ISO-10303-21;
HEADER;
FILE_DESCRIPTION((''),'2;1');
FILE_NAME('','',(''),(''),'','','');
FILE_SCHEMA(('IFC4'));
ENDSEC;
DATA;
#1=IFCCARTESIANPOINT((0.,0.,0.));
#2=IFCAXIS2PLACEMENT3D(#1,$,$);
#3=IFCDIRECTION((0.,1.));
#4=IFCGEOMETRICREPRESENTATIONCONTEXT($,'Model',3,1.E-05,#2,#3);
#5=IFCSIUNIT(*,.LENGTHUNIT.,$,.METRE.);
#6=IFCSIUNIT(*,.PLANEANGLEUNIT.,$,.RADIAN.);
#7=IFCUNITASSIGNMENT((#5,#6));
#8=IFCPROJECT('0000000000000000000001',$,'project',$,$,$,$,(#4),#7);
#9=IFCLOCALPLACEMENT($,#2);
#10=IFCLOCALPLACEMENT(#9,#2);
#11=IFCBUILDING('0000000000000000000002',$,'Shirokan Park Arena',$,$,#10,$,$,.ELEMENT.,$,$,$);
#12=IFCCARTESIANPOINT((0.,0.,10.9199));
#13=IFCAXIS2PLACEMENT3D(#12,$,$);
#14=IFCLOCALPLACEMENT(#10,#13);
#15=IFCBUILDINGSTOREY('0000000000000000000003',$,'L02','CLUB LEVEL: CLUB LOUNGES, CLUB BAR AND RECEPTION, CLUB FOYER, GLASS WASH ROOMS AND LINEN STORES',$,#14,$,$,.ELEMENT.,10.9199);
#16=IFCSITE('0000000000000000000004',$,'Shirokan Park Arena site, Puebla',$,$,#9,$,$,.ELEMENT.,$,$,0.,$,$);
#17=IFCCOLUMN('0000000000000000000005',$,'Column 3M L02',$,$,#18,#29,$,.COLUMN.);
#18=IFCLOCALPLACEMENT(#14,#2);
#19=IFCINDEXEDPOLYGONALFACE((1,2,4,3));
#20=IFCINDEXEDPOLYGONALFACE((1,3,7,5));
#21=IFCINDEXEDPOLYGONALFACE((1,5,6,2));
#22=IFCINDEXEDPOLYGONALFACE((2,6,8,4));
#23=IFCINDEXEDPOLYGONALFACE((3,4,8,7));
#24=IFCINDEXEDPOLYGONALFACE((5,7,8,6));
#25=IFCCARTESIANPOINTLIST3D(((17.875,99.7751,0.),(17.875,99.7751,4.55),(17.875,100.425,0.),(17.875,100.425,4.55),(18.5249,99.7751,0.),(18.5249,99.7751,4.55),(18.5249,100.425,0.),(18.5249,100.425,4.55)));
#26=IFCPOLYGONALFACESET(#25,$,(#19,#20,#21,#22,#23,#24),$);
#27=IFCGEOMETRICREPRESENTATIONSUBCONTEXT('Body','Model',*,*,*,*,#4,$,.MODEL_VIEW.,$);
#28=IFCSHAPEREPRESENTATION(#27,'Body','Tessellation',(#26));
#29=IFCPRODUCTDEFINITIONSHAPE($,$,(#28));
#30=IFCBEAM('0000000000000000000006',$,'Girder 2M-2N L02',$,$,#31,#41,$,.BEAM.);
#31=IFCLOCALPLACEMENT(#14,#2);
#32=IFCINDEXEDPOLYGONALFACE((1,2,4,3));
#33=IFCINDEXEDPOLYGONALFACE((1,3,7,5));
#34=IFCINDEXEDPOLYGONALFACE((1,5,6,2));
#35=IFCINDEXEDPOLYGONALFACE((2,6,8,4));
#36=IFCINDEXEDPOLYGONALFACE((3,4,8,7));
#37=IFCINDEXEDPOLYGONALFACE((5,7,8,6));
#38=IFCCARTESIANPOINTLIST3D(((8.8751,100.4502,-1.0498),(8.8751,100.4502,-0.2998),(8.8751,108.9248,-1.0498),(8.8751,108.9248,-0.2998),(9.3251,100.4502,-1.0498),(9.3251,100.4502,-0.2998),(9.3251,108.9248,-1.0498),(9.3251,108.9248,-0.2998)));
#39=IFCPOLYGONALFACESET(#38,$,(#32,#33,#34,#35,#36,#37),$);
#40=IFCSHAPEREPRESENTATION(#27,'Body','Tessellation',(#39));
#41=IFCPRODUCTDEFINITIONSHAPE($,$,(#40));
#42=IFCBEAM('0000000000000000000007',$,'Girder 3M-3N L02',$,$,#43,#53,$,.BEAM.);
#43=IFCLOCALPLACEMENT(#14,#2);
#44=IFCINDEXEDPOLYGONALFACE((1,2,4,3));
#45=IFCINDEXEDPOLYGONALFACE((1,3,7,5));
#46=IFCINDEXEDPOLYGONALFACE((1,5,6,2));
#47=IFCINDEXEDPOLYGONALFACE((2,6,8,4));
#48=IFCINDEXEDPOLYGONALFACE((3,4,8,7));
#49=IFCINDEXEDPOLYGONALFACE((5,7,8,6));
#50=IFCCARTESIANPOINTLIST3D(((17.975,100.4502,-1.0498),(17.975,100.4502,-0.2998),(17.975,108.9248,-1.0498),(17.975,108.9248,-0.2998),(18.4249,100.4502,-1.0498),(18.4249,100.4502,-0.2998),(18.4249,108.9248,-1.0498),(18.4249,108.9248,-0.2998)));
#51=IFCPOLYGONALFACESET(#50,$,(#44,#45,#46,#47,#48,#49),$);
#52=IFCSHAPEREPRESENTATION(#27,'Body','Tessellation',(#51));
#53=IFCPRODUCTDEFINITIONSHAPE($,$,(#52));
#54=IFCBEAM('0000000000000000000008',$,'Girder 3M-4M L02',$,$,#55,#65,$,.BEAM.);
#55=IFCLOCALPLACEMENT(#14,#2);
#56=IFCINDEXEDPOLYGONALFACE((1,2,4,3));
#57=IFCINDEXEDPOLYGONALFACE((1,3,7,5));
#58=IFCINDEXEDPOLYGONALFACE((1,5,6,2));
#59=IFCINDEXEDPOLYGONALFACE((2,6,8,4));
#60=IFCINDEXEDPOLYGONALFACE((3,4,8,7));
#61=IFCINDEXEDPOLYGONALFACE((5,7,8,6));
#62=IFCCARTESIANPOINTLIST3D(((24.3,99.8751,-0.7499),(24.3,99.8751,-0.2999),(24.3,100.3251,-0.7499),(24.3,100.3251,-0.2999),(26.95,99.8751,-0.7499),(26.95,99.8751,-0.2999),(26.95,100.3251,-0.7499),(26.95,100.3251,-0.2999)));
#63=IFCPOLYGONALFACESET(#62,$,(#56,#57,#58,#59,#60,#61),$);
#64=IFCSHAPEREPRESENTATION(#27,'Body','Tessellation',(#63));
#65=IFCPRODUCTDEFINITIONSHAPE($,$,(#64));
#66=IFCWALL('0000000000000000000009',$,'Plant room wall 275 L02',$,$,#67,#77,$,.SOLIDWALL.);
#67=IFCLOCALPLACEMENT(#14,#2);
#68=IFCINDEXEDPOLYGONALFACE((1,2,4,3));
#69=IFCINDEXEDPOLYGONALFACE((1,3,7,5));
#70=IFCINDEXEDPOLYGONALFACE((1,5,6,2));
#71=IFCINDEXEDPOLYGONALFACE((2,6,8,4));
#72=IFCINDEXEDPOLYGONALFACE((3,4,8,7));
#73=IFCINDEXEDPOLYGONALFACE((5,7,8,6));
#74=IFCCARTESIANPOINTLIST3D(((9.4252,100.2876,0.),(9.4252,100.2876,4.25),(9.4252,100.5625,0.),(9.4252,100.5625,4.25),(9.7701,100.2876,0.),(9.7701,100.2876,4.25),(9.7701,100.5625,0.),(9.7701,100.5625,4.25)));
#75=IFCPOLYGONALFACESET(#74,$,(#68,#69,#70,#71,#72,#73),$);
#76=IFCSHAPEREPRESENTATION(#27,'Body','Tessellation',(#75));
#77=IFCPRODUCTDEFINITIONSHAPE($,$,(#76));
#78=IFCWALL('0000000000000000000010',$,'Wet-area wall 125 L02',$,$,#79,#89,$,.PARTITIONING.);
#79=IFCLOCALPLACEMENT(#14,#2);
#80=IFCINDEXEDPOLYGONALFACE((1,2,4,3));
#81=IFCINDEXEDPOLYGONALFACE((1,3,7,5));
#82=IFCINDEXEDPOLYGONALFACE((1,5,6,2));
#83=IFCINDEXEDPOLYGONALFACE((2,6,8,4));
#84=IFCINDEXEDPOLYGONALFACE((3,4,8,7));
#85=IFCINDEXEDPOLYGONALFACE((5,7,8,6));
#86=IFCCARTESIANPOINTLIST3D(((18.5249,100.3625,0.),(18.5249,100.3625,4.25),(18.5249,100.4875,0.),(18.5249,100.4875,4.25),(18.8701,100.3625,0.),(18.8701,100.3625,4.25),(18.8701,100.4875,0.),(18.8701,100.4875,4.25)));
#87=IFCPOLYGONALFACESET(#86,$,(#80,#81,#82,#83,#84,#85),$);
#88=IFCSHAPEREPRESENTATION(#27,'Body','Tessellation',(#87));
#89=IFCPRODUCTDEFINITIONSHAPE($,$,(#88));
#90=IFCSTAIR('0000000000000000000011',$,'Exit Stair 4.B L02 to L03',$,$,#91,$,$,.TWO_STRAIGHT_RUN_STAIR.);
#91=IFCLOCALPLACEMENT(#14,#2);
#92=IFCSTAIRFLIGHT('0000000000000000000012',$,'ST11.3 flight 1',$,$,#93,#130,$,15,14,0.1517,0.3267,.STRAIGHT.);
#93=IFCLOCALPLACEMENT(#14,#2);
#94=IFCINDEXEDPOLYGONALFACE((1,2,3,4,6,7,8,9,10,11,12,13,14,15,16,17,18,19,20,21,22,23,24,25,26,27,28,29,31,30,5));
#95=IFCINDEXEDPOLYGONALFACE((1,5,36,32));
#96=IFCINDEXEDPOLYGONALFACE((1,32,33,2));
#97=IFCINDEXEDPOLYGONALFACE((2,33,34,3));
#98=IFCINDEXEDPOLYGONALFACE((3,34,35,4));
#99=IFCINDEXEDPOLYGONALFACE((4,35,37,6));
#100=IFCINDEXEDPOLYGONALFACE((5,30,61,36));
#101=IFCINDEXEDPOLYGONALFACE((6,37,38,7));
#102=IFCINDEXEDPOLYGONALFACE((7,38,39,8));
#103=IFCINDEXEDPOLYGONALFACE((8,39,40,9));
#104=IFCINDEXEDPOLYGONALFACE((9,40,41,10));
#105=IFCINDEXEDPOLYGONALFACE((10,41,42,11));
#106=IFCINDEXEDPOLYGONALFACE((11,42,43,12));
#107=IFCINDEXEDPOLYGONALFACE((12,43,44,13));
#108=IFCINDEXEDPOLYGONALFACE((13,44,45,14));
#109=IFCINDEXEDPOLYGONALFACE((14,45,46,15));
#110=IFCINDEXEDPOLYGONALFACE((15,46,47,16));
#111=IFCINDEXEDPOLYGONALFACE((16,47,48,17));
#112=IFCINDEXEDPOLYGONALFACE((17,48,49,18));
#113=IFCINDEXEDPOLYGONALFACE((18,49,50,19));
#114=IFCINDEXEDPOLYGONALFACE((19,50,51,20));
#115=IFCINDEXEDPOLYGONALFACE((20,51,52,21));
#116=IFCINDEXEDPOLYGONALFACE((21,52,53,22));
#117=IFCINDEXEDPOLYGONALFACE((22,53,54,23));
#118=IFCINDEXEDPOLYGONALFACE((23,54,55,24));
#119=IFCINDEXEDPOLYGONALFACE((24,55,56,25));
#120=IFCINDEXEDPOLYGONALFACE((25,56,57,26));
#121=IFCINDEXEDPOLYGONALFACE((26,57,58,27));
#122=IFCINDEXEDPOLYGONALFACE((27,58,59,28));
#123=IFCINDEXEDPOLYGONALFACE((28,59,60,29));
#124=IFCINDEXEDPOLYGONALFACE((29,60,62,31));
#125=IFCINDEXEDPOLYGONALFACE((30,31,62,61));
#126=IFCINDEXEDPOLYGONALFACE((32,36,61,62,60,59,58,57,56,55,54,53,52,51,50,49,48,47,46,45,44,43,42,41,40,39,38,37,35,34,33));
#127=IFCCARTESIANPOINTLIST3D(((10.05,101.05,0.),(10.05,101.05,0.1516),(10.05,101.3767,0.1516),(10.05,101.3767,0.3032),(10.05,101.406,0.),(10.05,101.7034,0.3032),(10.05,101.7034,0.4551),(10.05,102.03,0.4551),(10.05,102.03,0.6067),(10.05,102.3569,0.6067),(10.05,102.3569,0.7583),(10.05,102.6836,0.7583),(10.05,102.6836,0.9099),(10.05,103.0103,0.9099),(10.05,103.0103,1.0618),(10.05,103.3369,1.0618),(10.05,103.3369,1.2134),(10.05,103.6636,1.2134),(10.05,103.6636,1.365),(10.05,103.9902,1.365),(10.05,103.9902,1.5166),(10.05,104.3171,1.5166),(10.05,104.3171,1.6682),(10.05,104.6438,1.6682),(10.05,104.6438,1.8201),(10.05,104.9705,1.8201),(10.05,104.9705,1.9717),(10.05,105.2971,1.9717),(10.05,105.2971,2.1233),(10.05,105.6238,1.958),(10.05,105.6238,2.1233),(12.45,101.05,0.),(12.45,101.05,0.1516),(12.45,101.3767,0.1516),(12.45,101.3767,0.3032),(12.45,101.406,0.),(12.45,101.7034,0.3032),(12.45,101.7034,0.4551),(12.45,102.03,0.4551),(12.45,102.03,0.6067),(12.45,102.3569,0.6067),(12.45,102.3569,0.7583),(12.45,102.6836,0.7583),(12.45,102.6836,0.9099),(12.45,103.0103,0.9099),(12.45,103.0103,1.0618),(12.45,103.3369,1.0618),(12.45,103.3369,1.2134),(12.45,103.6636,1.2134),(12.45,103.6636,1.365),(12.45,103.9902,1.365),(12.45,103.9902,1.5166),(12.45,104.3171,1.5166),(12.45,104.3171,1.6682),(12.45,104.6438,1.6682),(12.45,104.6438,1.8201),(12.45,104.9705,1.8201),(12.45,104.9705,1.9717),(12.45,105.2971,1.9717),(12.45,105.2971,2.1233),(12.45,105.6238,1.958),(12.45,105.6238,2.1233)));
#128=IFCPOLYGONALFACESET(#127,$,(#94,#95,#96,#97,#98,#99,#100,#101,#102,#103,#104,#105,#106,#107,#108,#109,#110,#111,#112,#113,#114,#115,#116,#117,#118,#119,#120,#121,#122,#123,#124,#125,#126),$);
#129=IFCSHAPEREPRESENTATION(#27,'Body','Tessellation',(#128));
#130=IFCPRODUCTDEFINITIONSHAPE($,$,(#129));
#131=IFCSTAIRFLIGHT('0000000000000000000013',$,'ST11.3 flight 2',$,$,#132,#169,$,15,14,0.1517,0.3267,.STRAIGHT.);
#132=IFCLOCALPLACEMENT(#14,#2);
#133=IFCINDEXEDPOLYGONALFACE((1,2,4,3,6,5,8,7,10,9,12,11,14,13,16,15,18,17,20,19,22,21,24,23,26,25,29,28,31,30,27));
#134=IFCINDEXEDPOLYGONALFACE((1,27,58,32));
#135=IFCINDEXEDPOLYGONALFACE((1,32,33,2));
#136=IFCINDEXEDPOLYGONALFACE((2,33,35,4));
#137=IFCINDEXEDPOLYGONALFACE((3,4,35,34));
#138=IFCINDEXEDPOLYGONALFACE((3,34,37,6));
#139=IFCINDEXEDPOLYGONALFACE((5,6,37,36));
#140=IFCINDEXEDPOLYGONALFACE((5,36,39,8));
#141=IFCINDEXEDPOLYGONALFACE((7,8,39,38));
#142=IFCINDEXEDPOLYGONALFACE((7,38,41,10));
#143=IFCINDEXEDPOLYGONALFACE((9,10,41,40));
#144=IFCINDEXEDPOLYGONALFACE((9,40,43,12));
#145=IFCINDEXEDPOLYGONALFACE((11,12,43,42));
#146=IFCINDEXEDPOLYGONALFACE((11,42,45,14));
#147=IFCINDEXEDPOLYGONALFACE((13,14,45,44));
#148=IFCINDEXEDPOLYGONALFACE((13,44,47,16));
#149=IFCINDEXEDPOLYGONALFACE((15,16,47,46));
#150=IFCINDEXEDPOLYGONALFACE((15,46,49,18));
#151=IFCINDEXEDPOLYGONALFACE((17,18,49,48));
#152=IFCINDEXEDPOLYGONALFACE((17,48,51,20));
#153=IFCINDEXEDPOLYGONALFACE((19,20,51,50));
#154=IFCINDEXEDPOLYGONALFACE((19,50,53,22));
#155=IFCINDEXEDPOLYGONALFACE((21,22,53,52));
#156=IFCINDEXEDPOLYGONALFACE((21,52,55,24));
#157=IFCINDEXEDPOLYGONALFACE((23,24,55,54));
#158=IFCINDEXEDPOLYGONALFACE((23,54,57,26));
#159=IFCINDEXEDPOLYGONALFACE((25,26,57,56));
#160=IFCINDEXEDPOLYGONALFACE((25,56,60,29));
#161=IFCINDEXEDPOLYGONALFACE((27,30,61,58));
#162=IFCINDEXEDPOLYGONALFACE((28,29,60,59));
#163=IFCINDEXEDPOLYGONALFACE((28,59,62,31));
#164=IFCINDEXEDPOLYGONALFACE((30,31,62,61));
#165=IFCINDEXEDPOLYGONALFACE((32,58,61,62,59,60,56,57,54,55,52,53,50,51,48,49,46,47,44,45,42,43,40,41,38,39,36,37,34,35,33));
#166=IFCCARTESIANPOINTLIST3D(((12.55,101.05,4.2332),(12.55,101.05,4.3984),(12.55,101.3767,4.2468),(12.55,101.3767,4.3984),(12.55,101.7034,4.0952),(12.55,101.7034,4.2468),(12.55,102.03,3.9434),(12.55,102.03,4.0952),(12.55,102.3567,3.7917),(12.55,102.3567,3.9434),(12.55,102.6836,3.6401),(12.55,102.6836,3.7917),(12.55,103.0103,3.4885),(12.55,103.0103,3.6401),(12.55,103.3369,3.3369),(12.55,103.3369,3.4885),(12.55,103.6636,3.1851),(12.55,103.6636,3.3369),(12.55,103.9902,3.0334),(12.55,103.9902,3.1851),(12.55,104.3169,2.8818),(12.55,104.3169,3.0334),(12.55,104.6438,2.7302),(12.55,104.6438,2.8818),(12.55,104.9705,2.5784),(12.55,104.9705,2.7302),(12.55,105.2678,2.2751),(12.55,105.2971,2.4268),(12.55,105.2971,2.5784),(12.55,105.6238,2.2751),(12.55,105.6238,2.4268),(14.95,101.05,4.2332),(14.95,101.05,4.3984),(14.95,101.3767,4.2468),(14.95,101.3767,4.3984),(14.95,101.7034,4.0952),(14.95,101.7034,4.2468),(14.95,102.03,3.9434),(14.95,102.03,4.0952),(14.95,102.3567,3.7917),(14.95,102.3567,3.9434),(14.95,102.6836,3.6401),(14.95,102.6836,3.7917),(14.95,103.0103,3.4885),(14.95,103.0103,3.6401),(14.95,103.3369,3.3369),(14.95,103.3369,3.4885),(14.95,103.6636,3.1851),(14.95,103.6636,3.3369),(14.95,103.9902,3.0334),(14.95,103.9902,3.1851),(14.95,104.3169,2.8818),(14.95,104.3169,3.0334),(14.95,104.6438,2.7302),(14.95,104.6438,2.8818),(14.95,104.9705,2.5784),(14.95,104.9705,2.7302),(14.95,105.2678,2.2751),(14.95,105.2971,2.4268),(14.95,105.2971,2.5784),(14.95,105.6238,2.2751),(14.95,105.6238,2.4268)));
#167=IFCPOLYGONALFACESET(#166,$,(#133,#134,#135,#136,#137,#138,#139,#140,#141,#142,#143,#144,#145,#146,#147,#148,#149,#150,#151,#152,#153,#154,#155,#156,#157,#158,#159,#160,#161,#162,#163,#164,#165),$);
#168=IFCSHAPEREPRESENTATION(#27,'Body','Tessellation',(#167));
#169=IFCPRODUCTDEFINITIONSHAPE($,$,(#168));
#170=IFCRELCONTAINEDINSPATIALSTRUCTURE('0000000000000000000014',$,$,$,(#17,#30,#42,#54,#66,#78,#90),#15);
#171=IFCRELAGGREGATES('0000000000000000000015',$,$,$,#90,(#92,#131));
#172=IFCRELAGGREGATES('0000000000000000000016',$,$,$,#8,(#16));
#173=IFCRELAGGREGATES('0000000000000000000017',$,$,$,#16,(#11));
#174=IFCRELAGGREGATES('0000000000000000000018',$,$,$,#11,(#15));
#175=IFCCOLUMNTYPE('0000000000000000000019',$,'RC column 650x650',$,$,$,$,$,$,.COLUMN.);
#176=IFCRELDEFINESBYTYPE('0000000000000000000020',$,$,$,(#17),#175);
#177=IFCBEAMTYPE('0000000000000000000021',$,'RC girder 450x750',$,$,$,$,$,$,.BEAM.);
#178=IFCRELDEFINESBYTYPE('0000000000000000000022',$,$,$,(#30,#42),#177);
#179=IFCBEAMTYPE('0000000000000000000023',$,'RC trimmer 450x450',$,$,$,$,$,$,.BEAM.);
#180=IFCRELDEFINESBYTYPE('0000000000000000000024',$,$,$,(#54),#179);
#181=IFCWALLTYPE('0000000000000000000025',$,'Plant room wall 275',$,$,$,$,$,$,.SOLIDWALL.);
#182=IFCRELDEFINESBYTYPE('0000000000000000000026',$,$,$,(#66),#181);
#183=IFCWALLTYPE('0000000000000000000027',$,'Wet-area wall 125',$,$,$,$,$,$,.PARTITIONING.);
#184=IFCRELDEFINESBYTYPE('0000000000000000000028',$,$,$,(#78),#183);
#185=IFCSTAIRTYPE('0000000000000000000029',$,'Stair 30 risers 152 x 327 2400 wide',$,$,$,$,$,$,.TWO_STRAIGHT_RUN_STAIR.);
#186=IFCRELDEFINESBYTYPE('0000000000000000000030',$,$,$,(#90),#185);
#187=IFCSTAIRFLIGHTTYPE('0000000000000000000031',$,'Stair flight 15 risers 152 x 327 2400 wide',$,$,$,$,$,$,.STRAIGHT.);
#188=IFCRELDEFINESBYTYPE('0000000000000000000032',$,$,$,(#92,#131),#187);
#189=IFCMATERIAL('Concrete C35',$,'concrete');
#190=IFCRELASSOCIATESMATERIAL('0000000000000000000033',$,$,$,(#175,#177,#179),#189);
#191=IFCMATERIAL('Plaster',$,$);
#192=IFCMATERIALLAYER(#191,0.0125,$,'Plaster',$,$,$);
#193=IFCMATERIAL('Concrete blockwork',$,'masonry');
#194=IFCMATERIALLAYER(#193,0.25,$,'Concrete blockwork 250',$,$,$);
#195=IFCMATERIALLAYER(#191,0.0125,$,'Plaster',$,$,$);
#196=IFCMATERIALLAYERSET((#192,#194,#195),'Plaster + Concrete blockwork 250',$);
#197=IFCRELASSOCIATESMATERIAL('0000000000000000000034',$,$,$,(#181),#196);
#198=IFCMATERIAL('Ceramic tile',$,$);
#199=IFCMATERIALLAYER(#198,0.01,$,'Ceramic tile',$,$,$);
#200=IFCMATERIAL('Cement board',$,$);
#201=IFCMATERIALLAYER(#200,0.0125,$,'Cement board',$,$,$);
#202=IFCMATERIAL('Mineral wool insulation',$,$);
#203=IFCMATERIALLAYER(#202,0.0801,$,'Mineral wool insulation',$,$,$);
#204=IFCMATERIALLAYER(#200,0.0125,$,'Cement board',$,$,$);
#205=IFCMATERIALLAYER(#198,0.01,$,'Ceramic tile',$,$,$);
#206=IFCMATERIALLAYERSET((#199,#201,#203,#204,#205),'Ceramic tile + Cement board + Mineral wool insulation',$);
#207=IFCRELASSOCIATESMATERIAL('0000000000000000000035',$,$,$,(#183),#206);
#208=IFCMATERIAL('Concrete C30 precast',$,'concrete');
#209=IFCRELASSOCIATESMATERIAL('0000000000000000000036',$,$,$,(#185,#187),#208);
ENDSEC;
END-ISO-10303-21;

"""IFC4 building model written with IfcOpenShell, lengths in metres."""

from ifc_helpers import new_model, si_unit, direction, frame, frame_2d, origin, origin_2d, place, context, subcontext, project, spatial, polyline, rectangle, outline, extrude, material, layer, layer_set, material_profile, profile_set, type_object, element, aggregate, save


model = new_model("IFC4")

# Units and contexts
model_context = context("Model", 3, precision=1e-05, world=origin(), true_north=direction((0.0, 1.0)))
body_context = subcontext(model_context, "Body", "Model", "MODEL_VIEW")
ifc_project = project(units=[si_unit("LENGTHUNIT", "METRE"), si_unit("PLANEANGLEUNIT", "RADIAN")], contexts=[model_context])

# Site, building, storey
site_placement = place(None, origin())
site = spatial("IfcSite", under=ifc_project, at=site_placement, Name="Shirokan Park Arena site, Puebla", CompositionType="ELEMENT", RefElevation=0.0)
building_placement = place(site_placement, origin())
building = spatial("IfcBuilding", under=site, at=building_placement, Name="Shirokan Park Arena", CompositionType="ELEMENT")
storey_placement = place(building_placement, frame((0.0, 0.0, 10.9199)))
storey = spatial("IfcBuildingStorey", under=building, at=storey_placement, Name="L02", Description="CLUB LEVEL: CLUB LOUNGES, CLUB BAR AND RECEPTION, CLUB FOYER, GLASS WASH ROOMS AND LINEN STORES", CompositionType="ELEMENT", Elevation=10.9199)

# Column
ifc_material_1 = material(Name="Concrete C35", Category="concrete")
ifc_material_profile_1 = material_profile(ifc_material_1, rectangle(XDim=0.6499, YDim=0.6499, at=origin_2d()), Name="650x650")
ifc_profile_set_1 = profile_set([ifc_material_profile_1], Name="Concrete C35")
column_type = type_object("IfcColumnType", Name="RC column 650x650", PredefinedType="COLUMN", material=ifc_profile_set_1)
column_placement = place(storey_placement, frame((18.2, 100.1001, 0.0), z_axis=(0.0, 0.0, 1.0), x_axis=(1.0, 0.0, 0.0)))
element("IfcColumn", 1, at=column_placement, inside=storey, type_object=column_type, Name="Column 3M L02", PredefinedType="COLUMN", context=body_context, shape_type="SweptSolid", body=[
    extrude(rectangle(XDim=0.6499, YDim=0.6499, at=origin_2d()), origin(), (0.0, 0.0, 1.0), 4.55),
])

# Beams
ifc_material_profile_2 = material_profile(ifc_material_1, rectangle(XDim=0.45, YDim=0.75, at=origin_2d()), Name="450x750")
ifc_profile_set_2 = profile_set([ifc_material_profile_2], Name="Concrete C35")
beam_type_1 = type_object("IfcBeamType", Name="RC girder 450x750", PredefinedType="BEAM", material=ifc_profile_set_2)
for number, where, z_axis, x_axis, name in (
    (2, (9.1001, 100.4502, -0.6748), (0.0, 1.0, 0.0), (-1.0, 0.0, 0.0), "Girder 2M-2N L02"),
    (3, (18.2, 100.4502, -0.6748), (0.0, 1.0, 0.0), (-1.0, 0.0, 0.0), "Girder 3M-3N L02"),
):
    element("IfcBeam", number, at=place(storey_placement, frame(where, z_axis=z_axis, x_axis=x_axis)), inside=storey, type_object=beam_type_1, Name=name, PredefinedType="BEAM", context=body_context, shape_type="SweptSolid", body=[
        extrude(rectangle(XDim=0.45, YDim=0.75, at=origin_2d()), origin(), (0.0, 0.0, 1.0), 8.4746),
    ])
ifc_material_profile_3 = material_profile(ifc_material_1, rectangle(XDim=0.45, YDim=0.45, at=origin_2d()), Name="450x450")
ifc_profile_set_3 = profile_set([ifc_material_profile_3], Name="Concrete C35")
beam_type_2 = type_object("IfcBeamType", Name="RC trimmer 450x450", PredefinedType="BEAM", material=ifc_profile_set_3)
beam_placement = place(storey_placement, frame((24.3, 100.1001, -0.5249), z_axis=(1.0, 0.0, 0.0), x_axis=(0.0, 1.0, 0.0)))
element("IfcBeam", 4, at=beam_placement, inside=storey, type_object=beam_type_2, Name="Girder 3M-4M L02", PredefinedType="BEAM", context=body_context, shape_type="SweptSolid", body=[
    extrude(rectangle(XDim=0.45, YDim=0.45, at=origin_2d()), origin(), (0.0, 0.0, 1.0), 2.6499),
])

# Walls
ifc_material_2 = material(Name="Plaster")
ifc_layer_1 = layer(ifc_material_2, 0.0125, Name="Plaster")
ifc_material_3 = material(Name="Concrete blockwork", Category="masonry")
ifc_layer_2 = layer(ifc_material_3, 0.25, Name="Concrete blockwork 250")
ifc_layer_3 = layer(ifc_material_2, 0.0125, Name="Plaster")
ifc_layer_set_1 = layer_set([ifc_layer_1, ifc_layer_2, ifc_layer_3], Name="Plaster + Concrete blockwork 250")
wall_type_1 = type_object("IfcWallType", Name="Plant room wall 275", PredefinedType="SOLIDWALL", material=ifc_layer_set_1)
wall_1_placement = place(storey_placement, frame((9.77, 100.425, 0.0), z_axis=(0.0, 0.0, 1.0), x_axis=(-1.0, 0.0, 0.0)))
element("IfcWall", 5, at=wall_1_placement, inside=storey, type_object=wall_type_1, Name="Plant room wall 275 L02", PredefinedType="SOLIDWALL", context=body_context, shape_type="SweptSolid", body=[
    extrude(rectangle(XDim=0.345, YDim=0.2749, at=frame_2d((0.1724, 0.0))), origin(), (0.0, 0.0, 1.0), 4.25),
])
ifc_material_4 = material(Name="Ceramic tile")
ifc_layer_4 = layer(ifc_material_4, 0.01, Name="Ceramic tile")
ifc_material_5 = material(Name="Cement board")
ifc_layer_5 = layer(ifc_material_5, 0.0125, Name="Cement board")
ifc_material_6 = material(Name="Mineral wool insulation")
ifc_layer_6 = layer(ifc_material_6, 0.0801, Name="Mineral wool insulation")
ifc_layer_7 = layer(ifc_material_5, 0.0125, Name="Cement board")
ifc_layer_8 = layer(ifc_material_4, 0.01, Name="Ceramic tile")
ifc_layer_set_2 = layer_set([ifc_layer_4, ifc_layer_5, ifc_layer_6, ifc_layer_7, ifc_layer_8], Name="Ceramic tile + Cement board + Mineral wool insulation")
wall_type_2 = type_object("IfcWallType", Name="Wet-area wall 125", PredefinedType="PARTITIONING", material=ifc_layer_set_2)
wall_2_placement = place(storey_placement, frame((18.8701, 100.425, 0.0), z_axis=(0.0, 0.0, 1.0), x_axis=(-1.0, 0.0, 0.0)))
element("IfcWall", 6, at=wall_2_placement, inside=storey, type_object=wall_type_2, Name="Wet-area wall 125 L02", PredefinedType="PARTITIONING", context=body_context, shape_type="SweptSolid", body=[
    extrude(rectangle(XDim=0.3452, YDim=0.125, at=frame_2d((0.1726, 0.0))), origin(), (0.0, 0.0, 1.0), 4.25),
])

# Stair, stair flights
ifc_material_7 = material(Name="Concrete C30 precast", Category="concrete")
stair_type = type_object("IfcStairType", Name="Stair 30 risers 152 x 327 2400 wide", PredefinedType="TWO_STRAIGHT_RUN_STAIR", material=ifc_material_7)
stair_1_placement = place(storey_placement, origin())
stair_1 = element("IfcStair", 7, at=stair_1_placement, inside=storey, type_object=stair_type, Name="Exit Stair 4.B L02 to L03", PredefinedType="TWO_STRAIGHT_RUN_STAIR")
stair_flight_type = type_object("IfcStairFlightType", Name="Stair flight 15 risers 152 x 327 2400 wide", PredefinedType="STRAIGHT", material=ifc_material_7)
stair_flight_1_placement = place(storey_placement, frame((11.25, 101.05, 0.0), z_axis=(0.0, 0.0, 1.0), x_axis=(0.0, 1.0, 0.0)))
stair_flight_1 = element("IfcStairFlight", 8, at=stair_flight_1_placement, type_object=stair_flight_type, Name="ST11.3 flight 1", NumberOfRisers=15, NumberOfTreads=14, PredefinedType="STRAIGHT", RiserHeight=0.1517, TreadLength=0.3267, context=body_context, shape_type="SweptSolid", body=[
    extrude(outline(polyline([(0.0, 0.0), (0.0, 0.1516), (0.3267, 0.1516), (0.3267, 0.3032), (0.6533, 0.3032), (0.6533, 0.4551), (0.98, 0.4551), (0.98, 0.6067), (1.3069, 0.6067), (1.3069, 0.7583), (1.6335, 0.7583), (1.6335, 0.9099), (1.9602, 0.9099), (1.9602, 1.0618), (2.2869, 1.0618), (2.2869, 1.2134), (2.6135, 1.2134), (2.6135, 1.365), (2.9402, 1.365), (2.9402, 1.5166), (3.2671, 1.5166), (3.2671, 1.6682), (3.5938, 1.6682), (3.5938, 1.8201), (3.9204, 1.8201), (3.9204, 1.9717), (4.2471, 1.9717), (4.2471, 2.1233), (4.5737, 2.1233), (4.5737, 2.2749), (4.5737, 1.958), (0.356, 0.0), (0.0, 0.0)])), frame((0.0, 1.2, 0.0), z_axis=(0.0, -1.0, 0.0), x_axis=(1.0, 0.0, 0.0)), (0.0, 0.0, 1.0), 2.3999),
])
stair_flight_2_placement = place(storey_placement, frame((13.75, 105.6238, 2.2751), z_axis=(0.0, 0.0, 1.0), x_axis=(0.0, -1.0, 0.0)))
stair_flight_2 = element("IfcStairFlight", 9, at=stair_flight_2_placement, type_object=stair_flight_type, Name="ST11.3 flight 2", NumberOfRisers=15, NumberOfTreads=14, PredefinedType="STRAIGHT", RiserHeight=0.1517, TreadLength=0.3267, context=body_context, shape_type="SweptSolid", body=[
    extrude(outline(polyline([(0.0, 0.0), (0.0, 0.1516), (0.3267, 0.1516), (0.3267, 0.3032), (0.6533, 0.3032), (0.6533, 0.4551), (0.98, 0.4551), (0.98, 0.6067), (1.3069, 0.6067), (1.3069, 0.7583), (1.6335, 0.7583), (1.6335, 0.9099), (1.9602, 0.9099), (1.9602, 1.0618), (2.2869, 1.0618), (2.2869, 1.2134), (2.6135, 1.2134), (2.6135, 1.365), (2.9402, 1.365), (2.9402, 1.5166), (3.2671, 1.5166), (3.2671, 1.6682), (3.5938, 1.6682), (3.5938, 1.8201), (3.9204, 1.8201), (3.9204, 1.9717), (4.2471, 1.9717), (4.2471, 2.1233), (4.5737, 2.1233), (4.5737, 2.2749), (4.5737, 1.958), (0.356, 0.0), (0.0, 0.0)])), frame((0.0, 1.2, 0.0), z_axis=(0.0, -1.0, 0.0), x_axis=(1.0, 0.0, 0.0)), (0.0, 0.0, 1.0), 2.3999),
])
aggregate(stair_1, [stair_flight_1, stair_flight_2])

save(model, "model.ifc")
